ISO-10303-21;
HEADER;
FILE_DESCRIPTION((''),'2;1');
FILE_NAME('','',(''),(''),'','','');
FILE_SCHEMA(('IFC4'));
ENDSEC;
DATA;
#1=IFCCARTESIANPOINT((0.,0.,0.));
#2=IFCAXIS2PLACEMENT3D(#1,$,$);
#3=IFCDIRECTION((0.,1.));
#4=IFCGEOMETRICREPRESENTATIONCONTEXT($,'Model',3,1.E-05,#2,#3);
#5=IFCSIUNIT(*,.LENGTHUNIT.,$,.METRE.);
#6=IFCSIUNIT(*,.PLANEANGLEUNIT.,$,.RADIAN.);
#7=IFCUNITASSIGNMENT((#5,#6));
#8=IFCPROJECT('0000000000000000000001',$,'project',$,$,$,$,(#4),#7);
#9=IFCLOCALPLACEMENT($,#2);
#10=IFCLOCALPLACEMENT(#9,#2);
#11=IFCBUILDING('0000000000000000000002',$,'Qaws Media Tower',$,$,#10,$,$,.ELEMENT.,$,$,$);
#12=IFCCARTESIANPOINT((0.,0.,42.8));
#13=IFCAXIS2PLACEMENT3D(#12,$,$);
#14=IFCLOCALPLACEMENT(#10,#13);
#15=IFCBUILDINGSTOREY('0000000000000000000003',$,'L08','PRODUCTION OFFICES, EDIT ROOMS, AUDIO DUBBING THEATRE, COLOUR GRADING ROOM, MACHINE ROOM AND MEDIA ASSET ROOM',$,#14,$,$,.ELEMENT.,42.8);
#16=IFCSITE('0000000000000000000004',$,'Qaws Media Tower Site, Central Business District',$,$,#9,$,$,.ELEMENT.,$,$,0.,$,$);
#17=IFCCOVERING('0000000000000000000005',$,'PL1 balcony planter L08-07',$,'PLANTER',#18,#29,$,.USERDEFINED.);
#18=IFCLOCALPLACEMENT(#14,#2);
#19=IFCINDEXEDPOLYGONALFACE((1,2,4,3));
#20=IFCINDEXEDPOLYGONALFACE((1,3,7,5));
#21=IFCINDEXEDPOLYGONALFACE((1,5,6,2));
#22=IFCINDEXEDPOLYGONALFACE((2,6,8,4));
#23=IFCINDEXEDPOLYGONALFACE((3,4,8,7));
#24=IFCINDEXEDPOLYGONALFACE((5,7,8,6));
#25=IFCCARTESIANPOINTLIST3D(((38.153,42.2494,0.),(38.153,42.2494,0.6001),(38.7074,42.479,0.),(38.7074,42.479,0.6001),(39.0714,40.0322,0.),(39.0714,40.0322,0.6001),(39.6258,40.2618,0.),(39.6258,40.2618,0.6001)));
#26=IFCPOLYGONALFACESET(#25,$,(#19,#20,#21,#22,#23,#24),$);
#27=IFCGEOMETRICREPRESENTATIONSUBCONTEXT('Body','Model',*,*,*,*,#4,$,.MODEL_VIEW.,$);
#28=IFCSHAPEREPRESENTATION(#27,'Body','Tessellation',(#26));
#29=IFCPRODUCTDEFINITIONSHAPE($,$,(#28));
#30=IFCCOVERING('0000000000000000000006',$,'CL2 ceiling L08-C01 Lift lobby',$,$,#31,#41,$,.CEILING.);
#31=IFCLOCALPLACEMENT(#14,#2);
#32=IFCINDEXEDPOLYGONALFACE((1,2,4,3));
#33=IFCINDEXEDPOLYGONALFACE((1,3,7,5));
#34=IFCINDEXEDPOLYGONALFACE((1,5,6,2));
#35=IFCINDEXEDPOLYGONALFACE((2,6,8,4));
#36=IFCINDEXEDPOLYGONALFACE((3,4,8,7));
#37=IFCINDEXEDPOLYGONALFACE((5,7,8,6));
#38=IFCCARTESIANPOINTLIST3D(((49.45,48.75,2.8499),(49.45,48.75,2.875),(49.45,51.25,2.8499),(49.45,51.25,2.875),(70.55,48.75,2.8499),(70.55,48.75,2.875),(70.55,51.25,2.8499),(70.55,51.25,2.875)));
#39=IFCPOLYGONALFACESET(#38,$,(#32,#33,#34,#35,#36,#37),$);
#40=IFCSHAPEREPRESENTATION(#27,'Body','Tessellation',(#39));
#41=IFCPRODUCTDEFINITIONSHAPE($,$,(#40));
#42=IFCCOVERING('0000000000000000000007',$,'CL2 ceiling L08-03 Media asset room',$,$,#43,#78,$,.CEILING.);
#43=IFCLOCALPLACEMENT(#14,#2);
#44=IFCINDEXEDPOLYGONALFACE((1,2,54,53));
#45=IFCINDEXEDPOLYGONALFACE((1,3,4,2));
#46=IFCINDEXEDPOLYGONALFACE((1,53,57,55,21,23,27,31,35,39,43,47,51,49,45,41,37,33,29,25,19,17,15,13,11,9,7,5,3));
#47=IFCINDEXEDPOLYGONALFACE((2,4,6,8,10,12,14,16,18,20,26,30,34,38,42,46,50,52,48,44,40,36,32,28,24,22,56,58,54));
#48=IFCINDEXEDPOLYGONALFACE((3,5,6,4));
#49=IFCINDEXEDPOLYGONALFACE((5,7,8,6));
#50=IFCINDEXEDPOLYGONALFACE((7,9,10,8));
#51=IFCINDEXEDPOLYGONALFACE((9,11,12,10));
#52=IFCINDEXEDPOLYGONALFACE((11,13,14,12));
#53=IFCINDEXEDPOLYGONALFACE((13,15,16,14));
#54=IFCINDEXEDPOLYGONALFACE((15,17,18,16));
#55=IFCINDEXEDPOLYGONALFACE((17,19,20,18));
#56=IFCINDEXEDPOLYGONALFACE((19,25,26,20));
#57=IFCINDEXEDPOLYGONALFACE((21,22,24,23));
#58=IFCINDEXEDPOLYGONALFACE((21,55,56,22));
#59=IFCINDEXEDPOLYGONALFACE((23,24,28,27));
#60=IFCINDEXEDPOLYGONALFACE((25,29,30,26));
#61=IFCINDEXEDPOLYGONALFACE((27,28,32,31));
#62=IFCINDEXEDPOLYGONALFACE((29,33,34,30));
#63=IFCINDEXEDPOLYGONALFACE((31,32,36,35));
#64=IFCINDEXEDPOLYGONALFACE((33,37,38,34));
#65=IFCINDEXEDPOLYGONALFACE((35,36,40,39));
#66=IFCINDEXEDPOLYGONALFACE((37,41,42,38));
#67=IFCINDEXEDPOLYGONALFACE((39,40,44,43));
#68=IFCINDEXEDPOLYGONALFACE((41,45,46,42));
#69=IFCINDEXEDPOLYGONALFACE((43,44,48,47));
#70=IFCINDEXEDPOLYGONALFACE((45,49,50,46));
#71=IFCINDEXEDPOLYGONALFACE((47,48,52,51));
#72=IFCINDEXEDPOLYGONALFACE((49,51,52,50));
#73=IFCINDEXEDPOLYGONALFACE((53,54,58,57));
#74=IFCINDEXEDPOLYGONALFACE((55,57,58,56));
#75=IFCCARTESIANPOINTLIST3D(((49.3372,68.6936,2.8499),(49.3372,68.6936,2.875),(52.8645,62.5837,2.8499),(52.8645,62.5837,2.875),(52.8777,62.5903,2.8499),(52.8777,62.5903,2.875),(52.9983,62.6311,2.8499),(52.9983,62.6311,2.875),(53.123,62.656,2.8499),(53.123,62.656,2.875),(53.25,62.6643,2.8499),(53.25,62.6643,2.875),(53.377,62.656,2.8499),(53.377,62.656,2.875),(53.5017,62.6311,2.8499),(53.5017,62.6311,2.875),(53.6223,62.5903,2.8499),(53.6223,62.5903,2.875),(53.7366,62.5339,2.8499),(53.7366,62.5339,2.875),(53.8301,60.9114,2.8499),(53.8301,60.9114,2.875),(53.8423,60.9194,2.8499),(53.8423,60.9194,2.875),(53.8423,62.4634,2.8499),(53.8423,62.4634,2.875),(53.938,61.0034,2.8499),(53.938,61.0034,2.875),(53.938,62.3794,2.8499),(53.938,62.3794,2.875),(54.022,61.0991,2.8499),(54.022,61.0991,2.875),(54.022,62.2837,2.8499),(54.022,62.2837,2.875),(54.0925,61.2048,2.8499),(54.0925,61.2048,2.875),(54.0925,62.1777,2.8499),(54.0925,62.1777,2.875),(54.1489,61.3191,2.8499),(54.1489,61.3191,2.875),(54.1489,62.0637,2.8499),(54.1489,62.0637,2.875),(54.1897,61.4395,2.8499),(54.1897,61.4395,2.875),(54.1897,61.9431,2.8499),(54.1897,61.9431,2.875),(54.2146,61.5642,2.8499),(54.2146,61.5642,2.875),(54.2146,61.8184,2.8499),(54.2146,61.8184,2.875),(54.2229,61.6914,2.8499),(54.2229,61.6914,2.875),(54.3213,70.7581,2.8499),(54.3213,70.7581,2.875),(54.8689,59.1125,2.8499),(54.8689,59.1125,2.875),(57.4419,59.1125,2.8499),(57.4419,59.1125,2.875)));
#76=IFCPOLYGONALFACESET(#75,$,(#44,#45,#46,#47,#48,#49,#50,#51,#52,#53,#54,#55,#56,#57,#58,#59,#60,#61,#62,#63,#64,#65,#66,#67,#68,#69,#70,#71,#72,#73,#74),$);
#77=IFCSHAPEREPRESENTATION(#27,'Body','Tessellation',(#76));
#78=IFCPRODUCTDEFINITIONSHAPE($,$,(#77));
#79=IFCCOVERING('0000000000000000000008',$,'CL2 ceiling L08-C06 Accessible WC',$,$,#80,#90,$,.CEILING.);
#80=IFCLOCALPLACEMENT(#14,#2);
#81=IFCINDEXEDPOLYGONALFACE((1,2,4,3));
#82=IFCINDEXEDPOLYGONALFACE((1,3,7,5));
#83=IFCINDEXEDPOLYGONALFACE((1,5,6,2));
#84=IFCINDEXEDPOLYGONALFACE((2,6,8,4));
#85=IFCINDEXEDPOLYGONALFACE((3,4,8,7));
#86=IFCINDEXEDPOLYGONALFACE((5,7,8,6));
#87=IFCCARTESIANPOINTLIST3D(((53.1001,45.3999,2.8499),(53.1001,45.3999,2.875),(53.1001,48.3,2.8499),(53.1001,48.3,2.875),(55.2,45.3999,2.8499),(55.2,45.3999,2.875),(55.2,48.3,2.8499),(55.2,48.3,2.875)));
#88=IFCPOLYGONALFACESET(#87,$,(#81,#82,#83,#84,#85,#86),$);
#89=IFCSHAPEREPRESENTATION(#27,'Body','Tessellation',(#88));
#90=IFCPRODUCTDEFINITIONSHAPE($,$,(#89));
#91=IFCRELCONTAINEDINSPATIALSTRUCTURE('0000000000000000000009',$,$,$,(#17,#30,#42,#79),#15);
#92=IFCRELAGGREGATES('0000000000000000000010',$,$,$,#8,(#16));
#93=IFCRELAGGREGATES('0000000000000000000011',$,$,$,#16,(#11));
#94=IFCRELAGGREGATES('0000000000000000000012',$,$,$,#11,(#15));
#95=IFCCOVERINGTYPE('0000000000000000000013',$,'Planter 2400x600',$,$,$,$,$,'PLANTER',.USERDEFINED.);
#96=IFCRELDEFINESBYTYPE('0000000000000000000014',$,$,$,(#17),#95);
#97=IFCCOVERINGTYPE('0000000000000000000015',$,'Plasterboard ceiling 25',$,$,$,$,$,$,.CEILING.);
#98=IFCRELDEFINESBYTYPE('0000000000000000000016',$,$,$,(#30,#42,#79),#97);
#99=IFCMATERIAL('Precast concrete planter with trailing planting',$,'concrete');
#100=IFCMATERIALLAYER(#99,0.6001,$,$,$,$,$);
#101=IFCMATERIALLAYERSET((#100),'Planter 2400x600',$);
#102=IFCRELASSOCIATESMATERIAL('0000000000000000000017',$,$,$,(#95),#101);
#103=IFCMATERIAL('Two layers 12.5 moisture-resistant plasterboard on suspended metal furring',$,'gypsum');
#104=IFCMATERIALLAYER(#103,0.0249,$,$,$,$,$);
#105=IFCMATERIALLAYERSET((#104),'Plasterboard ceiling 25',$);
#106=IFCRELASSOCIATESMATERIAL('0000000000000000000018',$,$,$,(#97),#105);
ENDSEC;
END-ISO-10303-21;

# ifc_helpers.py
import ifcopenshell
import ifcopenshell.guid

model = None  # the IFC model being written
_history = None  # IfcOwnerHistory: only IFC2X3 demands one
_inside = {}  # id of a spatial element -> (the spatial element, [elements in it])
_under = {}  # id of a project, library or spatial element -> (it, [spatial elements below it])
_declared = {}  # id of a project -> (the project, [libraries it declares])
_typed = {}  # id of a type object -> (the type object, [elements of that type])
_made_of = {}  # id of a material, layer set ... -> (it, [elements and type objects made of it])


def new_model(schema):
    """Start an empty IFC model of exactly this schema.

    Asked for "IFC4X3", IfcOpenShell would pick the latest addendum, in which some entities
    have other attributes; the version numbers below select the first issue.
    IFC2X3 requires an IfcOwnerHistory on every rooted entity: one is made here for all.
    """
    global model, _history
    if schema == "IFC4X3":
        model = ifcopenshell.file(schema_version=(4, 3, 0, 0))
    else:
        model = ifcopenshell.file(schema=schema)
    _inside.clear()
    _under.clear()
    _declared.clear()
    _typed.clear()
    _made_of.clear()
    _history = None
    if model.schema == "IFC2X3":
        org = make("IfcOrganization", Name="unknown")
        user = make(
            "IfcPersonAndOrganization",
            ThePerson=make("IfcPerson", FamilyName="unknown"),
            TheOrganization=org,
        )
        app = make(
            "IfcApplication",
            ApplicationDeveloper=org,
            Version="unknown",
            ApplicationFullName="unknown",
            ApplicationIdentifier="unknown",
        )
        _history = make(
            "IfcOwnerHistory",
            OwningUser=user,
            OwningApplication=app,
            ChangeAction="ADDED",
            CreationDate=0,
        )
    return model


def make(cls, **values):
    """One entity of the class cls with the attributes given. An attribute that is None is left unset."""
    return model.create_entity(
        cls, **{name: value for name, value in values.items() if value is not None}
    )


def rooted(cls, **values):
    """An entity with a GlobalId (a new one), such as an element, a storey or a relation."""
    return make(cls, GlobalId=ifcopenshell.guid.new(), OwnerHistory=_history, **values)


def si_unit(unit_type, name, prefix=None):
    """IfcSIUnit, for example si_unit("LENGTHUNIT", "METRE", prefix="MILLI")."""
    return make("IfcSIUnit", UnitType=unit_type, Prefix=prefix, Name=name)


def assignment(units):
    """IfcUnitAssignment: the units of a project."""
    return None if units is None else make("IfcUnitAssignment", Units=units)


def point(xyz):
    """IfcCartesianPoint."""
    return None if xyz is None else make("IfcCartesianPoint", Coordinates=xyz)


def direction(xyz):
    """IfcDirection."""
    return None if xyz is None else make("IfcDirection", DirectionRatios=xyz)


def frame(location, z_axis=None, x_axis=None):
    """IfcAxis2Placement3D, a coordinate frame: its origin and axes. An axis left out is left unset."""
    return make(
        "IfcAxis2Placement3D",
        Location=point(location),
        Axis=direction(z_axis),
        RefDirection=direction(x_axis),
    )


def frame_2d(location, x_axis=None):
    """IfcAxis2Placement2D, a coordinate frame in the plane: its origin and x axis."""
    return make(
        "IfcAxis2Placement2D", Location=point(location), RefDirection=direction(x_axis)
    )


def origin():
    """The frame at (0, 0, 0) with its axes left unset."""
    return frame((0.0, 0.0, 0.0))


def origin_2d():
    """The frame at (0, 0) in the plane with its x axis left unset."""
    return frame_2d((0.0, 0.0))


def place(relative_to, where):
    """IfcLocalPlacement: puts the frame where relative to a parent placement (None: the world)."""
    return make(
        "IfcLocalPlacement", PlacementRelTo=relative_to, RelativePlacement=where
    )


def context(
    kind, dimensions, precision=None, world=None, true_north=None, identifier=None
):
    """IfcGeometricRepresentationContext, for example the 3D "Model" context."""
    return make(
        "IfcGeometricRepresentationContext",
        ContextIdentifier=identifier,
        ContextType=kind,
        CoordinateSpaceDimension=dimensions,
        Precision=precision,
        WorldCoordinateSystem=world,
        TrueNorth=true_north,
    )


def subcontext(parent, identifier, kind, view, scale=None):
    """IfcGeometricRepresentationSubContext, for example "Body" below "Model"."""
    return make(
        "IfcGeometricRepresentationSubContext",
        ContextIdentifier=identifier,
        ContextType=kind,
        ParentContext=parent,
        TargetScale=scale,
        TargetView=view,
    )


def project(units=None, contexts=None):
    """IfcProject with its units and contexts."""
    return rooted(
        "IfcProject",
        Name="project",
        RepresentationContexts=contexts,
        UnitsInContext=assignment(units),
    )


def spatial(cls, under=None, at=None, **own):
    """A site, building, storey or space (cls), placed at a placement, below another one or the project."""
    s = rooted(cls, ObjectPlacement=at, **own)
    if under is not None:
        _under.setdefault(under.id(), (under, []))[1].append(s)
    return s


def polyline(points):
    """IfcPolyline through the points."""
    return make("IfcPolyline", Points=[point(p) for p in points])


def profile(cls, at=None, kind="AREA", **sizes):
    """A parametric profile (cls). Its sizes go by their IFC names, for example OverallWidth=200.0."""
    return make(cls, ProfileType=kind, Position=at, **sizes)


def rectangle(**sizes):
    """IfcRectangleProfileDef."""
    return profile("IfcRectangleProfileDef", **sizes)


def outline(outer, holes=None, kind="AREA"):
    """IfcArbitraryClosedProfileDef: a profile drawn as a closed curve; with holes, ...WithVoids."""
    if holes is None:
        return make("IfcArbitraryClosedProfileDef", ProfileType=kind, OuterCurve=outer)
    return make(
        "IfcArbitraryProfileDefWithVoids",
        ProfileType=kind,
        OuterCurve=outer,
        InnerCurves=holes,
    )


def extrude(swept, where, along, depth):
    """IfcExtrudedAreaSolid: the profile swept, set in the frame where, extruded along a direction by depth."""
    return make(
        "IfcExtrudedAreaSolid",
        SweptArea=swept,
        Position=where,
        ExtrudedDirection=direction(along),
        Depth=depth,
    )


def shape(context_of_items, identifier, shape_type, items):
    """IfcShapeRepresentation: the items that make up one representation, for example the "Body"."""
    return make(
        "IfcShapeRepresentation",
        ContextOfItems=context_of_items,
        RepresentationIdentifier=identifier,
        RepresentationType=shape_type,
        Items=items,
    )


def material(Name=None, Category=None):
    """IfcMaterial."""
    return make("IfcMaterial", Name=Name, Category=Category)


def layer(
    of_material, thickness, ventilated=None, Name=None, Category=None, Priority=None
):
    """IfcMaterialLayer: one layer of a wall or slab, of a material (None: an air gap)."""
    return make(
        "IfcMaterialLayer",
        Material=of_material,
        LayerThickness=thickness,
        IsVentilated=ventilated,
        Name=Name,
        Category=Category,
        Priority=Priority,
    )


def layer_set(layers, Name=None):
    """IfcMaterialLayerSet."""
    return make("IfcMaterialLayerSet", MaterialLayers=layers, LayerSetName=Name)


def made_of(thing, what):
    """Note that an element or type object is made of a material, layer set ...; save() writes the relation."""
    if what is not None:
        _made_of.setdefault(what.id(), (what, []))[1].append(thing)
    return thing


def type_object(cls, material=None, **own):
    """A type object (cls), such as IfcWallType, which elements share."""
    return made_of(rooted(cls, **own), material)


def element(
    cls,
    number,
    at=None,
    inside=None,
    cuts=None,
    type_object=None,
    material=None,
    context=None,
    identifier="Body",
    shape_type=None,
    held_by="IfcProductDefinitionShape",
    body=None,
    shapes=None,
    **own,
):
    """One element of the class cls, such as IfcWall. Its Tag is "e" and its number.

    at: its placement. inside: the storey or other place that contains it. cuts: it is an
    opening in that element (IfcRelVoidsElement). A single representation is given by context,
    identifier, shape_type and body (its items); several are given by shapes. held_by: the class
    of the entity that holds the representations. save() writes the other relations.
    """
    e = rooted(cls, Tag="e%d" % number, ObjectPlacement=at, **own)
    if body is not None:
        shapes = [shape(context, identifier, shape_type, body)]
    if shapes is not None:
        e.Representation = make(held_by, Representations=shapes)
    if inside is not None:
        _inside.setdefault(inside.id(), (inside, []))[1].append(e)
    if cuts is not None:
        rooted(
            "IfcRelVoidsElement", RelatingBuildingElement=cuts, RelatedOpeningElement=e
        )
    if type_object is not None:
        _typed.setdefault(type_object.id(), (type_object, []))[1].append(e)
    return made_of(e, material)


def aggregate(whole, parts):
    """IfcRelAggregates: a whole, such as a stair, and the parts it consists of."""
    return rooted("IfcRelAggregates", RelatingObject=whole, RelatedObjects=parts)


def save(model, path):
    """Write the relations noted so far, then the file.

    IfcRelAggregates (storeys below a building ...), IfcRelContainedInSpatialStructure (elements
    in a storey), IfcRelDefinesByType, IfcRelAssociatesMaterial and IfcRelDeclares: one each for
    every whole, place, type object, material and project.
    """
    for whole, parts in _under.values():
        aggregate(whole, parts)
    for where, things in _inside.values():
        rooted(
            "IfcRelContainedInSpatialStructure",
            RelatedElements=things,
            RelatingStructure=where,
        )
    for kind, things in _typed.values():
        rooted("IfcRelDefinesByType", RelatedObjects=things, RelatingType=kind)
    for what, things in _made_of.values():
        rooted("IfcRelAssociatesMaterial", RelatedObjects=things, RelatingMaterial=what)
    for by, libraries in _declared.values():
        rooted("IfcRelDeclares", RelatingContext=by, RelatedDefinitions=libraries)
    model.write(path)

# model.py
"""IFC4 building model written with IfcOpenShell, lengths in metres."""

from ifc_helpers import new_model, si_unit, direction, frame, origin, origin_2d, place, context, subcontext, project, spatial, polyline, rectangle, outline, extrude, material, layer, layer_set, type_object, element, save


model = new_model("IFC4")

# Units and contexts
model_context = context("Model", 3, precision=1e-05, world=origin(), true_north=direction((0.0, 1.0)))
body_context = subcontext(model_context, "Body", "Model", "MODEL_VIEW")
ifc_project = project(units=[si_unit("LENGTHUNIT", "METRE"), si_unit("PLANEANGLEUNIT", "RADIAN")], contexts=[model_context])

# Site, building, storey
site_placement = place(None, origin())
site = spatial("IfcSite", under=ifc_project, at=site_placement, Name="Qaws Media Tower Site, Central Business District", CompositionType="ELEMENT", RefElevation=0.0)
building_placement = place(site_placement, origin())
building = spatial("IfcBuilding", under=site, at=building_placement, Name="Qaws Media Tower", CompositionType="ELEMENT")
storey_placement = place(building_placement, frame((0.0, 0.0, 42.8)))
storey = spatial("IfcBuildingStorey", under=building, at=storey_placement, Name="L08", Description="PRODUCTION OFFICES, EDIT ROOMS, AUDIO DUBBING THEATRE, COLOUR GRADING ROOM, MACHINE ROOM AND MEDIA ASSET ROOM", CompositionType="ELEMENT", Elevation=42.8)

# Coverings
ifc_material_1 = material(Name="Precast concrete planter with trailing planting", Category="concrete")
ifc_layer_1 = layer(ifc_material_1, 0.6001)
ifc_layer_set_1 = layer_set([ifc_layer_1], Name="Planter 2400x600")
covering_type_1 = type_object("IfcCoveringType", Name="Planter 2400x600", ElementType="PLANTER", PredefinedType="USERDEFINED", material=ifc_layer_set_1)
covering_1_placement = place(storey_placement, frame((38.8894, 41.2556, 0.0), z_axis=(0.0, 0.0, 1.0), x_axis=(0.382683, -0.92388, 0.0)))
element("IfcCovering", 1, at=covering_1_placement, inside=storey, type_object=covering_type_1, Name="PL1 balcony planter L08-07", ObjectType="PLANTER", PredefinedType="USERDEFINED", context=body_context, shape_type="SweptSolid", body=[
    extrude(rectangle(XDim=2.3999, YDim=0.6001, at=origin_2d()), origin(), (0.0, 0.0, 1.0), 0.6001),
])
ifc_material_2 = material(Name="Two layers 12.5 moisture-resistant plasterboard on suspended metal furring", Category="gypsum")
ifc_layer_2 = layer(ifc_material_2, 0.0249)
ifc_layer_set_2 = layer_set([ifc_layer_2], Name="Plasterboard ceiling 25")
covering_type_2 = type_object("IfcCoveringType", Name="Plasterboard ceiling 25", PredefinedType="CEILING", material=ifc_layer_set_2)
covering_2_placement = place(storey_placement, frame((0.0, 0.0, 2.8499)))
element("IfcCovering", 2, at=covering_2_placement, inside=storey, type_object=covering_type_2, Name="CL2 ceiling L08-C01 Lift lobby", PredefinedType="CEILING", context=body_context, shape_type="SweptSolid", body=[
    extrude(outline(polyline([(49.45, 48.75), (49.45, 51.25), (70.55, 51.25), (70.55, 48.75), (49.45, 48.75)])), origin(), (0.0, 0.0, 1.0), 0.0251),
])
covering_3_placement = place(storey_placement, frame((0.0, 0.0, 2.8499)))
element("IfcCovering", 3, at=covering_3_placement, inside=storey, type_object=covering_type_2, Name="CL2 ceiling L08-03 Media asset room", PredefinedType="CEILING", context=body_context, shape_type="SweptSolid", body=[
    extrude(outline(polyline([(54.3213, 70.7581), (57.4419, 59.1125), (54.8689, 59.1125), (53.8301, 60.9114), (53.8423, 60.9194), (53.938, 61.0034), (54.022, 61.0991), (54.0925, 61.2048), (54.1489, 61.3191), (54.1897, 61.4395), (54.2146, 61.5642), (54.2229, 61.6914), (54.2146, 61.8184), (54.1897, 61.9431), (54.1489, 62.0637), (54.0925, 62.1777), (54.022, 62.2837), (53.938, 62.3794), (53.8423, 62.4634), (53.7366, 62.5339), (53.6223, 62.5903), (53.5017, 62.6311), (53.377, 62.656), (53.25, 62.6643), (53.123, 62.656), (52.9983, 62.6311), (52.8777, 62.5903), (52.8645, 62.5837), (49.3372, 68.6936), (54.3213, 70.7581)])), origin(), (0.0, 0.0, 1.0), 0.0251),
])
covering_4_placement = place(storey_placement, frame((0.0, 0.0, 2.8499)))
element("IfcCovering", 4, at=covering_4_placement, inside=storey, type_object=covering_type_2, Name="CL2 ceiling L08-C06 Accessible WC", PredefinedType="CEILING", context=body_context, shape_type="SweptSolid", body=[
    extrude(outline(polyline([(53.1001, 45.3999), (53.1001, 48.3), (55.2, 48.3), (55.2, 45.3999), (53.1001, 45.3999)])), origin(), (0.0, 0.0, 1.0), 0.0251),
])

save(model, "model.ifc")
